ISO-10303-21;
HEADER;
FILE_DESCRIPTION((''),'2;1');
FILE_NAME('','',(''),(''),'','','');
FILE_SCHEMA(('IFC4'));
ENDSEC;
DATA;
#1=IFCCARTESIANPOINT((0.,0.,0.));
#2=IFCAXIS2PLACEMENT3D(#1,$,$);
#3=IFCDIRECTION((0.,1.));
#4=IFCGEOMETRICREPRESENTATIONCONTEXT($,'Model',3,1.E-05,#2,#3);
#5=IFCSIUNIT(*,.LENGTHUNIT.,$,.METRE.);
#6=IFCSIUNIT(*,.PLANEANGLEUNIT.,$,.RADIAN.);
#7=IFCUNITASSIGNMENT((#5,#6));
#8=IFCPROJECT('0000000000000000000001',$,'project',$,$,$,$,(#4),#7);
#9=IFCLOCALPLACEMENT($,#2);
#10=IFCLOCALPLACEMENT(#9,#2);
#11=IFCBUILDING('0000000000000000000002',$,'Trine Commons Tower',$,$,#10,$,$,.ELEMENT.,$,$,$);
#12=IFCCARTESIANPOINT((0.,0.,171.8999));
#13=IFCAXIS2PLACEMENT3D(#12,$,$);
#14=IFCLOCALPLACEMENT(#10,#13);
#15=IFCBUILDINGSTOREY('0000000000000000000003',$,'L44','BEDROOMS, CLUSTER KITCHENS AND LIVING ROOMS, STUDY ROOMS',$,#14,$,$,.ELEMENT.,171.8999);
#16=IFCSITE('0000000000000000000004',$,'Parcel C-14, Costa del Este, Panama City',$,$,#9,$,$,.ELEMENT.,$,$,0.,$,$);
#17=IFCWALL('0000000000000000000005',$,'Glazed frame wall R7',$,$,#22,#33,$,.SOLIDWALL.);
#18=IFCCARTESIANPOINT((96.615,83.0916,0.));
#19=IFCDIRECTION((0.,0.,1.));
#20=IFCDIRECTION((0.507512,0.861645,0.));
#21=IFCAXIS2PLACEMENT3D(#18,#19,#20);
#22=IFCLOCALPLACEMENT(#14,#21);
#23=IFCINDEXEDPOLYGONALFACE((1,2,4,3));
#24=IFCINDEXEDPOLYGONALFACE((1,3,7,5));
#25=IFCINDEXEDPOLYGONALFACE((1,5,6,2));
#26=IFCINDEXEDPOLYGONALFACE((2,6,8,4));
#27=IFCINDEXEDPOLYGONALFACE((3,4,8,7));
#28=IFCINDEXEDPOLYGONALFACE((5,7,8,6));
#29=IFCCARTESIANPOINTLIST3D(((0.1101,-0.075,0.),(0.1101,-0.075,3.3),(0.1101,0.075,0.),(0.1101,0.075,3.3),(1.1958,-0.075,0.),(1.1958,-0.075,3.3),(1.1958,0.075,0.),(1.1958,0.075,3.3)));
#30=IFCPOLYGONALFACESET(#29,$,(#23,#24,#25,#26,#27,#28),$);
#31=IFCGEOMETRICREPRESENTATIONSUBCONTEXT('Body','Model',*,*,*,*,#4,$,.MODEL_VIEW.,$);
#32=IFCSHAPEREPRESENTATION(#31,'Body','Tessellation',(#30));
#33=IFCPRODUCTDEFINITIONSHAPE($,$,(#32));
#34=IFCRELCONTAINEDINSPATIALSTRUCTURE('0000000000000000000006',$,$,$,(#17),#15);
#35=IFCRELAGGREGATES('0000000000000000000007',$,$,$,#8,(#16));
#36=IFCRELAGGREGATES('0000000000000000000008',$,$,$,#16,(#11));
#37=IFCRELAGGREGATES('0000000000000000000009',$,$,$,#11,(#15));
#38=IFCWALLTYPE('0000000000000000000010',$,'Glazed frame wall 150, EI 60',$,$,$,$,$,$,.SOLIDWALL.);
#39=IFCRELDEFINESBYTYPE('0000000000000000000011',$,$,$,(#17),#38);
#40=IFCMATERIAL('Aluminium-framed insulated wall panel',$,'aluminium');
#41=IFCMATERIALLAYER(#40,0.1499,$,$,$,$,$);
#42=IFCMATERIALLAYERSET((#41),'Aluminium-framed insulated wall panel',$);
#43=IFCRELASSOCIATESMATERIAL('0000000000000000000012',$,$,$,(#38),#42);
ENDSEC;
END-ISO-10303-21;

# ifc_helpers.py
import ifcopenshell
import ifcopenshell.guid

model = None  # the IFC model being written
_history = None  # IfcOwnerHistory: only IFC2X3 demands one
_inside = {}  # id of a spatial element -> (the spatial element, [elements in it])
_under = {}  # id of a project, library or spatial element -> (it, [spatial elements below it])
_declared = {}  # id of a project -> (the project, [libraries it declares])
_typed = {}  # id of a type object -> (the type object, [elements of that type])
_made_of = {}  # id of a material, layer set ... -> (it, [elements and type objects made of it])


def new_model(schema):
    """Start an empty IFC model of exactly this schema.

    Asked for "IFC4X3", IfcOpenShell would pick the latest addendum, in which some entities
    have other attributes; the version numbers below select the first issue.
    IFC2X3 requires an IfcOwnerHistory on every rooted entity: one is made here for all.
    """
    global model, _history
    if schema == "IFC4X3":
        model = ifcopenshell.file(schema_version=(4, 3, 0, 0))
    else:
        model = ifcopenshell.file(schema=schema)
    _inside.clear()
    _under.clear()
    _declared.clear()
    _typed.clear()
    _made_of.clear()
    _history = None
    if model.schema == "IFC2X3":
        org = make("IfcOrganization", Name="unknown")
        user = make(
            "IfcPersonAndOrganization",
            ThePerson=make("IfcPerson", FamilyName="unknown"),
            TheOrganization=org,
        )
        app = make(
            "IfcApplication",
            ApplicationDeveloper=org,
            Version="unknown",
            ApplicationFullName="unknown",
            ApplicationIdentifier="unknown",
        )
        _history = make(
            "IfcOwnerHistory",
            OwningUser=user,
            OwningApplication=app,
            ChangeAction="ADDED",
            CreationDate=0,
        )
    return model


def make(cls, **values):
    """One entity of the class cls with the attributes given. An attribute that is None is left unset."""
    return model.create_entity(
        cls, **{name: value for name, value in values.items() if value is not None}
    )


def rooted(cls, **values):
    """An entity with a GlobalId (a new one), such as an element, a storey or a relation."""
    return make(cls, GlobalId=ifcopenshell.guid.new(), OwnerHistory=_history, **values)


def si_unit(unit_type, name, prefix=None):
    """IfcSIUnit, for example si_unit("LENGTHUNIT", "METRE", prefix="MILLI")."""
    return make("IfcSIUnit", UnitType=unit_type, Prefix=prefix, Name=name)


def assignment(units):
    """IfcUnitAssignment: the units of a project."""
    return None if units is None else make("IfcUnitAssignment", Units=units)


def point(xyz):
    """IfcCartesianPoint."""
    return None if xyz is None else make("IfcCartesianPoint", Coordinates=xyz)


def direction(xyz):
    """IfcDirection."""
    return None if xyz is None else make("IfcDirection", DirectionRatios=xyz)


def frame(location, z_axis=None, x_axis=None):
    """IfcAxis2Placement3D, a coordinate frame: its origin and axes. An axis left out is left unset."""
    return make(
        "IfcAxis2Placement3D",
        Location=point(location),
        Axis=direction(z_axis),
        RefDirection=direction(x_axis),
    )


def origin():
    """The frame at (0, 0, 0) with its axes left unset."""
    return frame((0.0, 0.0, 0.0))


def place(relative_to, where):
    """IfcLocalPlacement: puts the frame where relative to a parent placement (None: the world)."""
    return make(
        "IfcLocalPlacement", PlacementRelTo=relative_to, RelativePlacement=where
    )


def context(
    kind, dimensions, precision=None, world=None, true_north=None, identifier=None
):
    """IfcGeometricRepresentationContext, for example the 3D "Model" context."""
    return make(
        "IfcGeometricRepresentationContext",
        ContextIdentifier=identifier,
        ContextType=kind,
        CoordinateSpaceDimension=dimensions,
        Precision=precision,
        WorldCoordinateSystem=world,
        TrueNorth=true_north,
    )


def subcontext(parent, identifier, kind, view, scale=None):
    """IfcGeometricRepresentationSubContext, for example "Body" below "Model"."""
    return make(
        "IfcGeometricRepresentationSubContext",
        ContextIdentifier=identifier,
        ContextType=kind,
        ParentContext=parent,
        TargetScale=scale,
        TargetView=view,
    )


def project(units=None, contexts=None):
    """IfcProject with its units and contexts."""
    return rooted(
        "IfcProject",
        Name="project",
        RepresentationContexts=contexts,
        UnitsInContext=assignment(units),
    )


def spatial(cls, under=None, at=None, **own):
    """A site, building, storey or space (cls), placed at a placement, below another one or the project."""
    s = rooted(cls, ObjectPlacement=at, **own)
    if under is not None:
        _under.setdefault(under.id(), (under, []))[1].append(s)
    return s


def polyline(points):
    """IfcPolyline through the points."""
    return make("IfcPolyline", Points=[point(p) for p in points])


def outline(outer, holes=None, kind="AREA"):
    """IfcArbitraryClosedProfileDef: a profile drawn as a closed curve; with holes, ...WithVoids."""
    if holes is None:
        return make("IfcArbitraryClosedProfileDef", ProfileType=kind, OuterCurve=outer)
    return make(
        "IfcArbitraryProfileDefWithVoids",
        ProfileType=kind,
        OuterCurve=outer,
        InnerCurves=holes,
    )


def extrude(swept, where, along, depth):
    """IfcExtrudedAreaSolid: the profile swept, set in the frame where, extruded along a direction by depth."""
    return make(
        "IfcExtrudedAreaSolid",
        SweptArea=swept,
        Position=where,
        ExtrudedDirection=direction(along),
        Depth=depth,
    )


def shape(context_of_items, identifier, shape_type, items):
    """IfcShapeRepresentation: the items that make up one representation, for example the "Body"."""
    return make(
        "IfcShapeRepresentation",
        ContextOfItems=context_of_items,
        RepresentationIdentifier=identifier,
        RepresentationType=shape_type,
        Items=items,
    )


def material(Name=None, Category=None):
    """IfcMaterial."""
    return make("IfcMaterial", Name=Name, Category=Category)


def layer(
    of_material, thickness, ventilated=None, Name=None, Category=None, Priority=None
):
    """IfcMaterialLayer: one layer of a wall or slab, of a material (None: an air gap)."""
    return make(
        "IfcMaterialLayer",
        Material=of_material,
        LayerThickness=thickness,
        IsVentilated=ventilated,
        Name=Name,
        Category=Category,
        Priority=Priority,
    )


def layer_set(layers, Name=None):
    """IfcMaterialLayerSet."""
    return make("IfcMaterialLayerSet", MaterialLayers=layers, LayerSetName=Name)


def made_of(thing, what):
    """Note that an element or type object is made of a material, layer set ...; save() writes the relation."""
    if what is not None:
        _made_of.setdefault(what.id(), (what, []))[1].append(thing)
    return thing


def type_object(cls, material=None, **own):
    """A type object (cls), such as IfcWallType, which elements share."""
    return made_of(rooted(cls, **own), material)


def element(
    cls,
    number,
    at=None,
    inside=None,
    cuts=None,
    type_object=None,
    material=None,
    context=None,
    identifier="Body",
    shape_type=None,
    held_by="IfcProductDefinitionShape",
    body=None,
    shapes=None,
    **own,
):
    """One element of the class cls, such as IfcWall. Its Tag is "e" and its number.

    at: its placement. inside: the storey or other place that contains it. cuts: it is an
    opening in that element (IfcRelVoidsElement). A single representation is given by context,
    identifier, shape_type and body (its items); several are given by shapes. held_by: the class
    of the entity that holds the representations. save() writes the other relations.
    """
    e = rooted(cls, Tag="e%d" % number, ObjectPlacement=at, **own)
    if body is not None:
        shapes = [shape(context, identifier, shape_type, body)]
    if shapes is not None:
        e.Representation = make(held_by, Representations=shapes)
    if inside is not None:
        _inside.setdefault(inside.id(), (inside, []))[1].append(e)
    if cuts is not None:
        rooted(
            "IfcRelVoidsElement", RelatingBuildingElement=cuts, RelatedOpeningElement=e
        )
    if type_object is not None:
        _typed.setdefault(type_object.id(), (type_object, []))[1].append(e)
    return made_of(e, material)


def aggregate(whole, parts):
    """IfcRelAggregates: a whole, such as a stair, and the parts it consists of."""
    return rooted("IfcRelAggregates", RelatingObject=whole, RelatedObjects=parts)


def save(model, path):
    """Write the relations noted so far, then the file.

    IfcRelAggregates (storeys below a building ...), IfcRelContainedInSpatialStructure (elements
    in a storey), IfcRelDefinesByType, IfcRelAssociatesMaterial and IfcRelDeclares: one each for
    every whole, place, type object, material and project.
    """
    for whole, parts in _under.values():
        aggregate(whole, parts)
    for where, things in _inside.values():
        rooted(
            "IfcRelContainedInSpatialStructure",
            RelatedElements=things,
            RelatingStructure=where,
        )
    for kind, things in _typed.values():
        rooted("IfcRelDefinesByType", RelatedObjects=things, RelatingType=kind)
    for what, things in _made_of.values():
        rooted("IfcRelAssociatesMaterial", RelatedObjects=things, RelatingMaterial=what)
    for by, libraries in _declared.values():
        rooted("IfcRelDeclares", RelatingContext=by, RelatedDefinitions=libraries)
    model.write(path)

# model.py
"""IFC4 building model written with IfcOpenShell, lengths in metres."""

from ifc_helpers import new_model, si_unit, direction, frame, origin, place, context, subcontext, project, spatial, polyline, outline, extrude, material, layer, layer_set, type_object, element, save


model = new_model("IFC4")

# Units and contexts
model_context = context("Model", 3, precision=1e-05, world=origin(), true_north=direction((0.0, 1.0)))
body_context = subcontext(model_context, "Body", "Model", "MODEL_VIEW")
ifc_project = project(units=[si_unit("LENGTHUNIT", "METRE"), si_unit("PLANEANGLEUNIT", "RADIAN")], contexts=[model_context])

# Site, building, storey
site_placement = place(None, origin())
site = spatial("IfcSite", under=ifc_project, at=site_placement, Name="Parcel C-14, Costa del Este, Panama City", CompositionType="ELEMENT", RefElevation=0.0)
building_placement = place(site_placement, origin())
building = spatial("IfcBuilding", under=site, at=building_placement, Name="Trine Commons Tower", CompositionType="ELEMENT")
storey_placement = place(building_placement, frame((0.0, 0.0, 171.8999)))
storey = spatial("IfcBuildingStorey", under=building, at=storey_placement, Name="L44", Description="BEDROOMS, CLUSTER KITCHENS AND LIVING ROOMS, STUDY ROOMS", CompositionType="ELEMENT", Elevation=171.8999)

# Shared definitions
ifc_material_1 = material(Name="Aluminium-framed insulated wall panel", Category="aluminium")
ifc_layer_1 = layer(ifc_material_1, 0.1499)
ifc_layer_set_1 = layer_set([ifc_layer_1], Name="Aluminium-framed insulated wall panel")
wall_type_1 = type_object("IfcWallType", Name="Glazed frame wall 150, EI 60", PredefinedType="SOLIDWALL", material=ifc_layer_set_1)

# Wall
wall_1_placement = place(storey_placement, frame((96.615, 83.0916, 0.0), z_axis=(0.0, 0.0, 1.0), x_axis=(0.507512, 0.861645, 0.0)))
element("IfcWall", 1, at=wall_1_placement, inside=storey, type_object=wall_type_1, Name="Glazed frame wall R7", PredefinedType="SOLIDWALL", context=body_context, shape_type="SweptSolid", body=[
    extrude(outline(polyline([(0.1101, 0.075), (0.1101, -0.075), (1.1958, -0.075), (1.1958, 0.075), (0.1101, 0.075)])), origin(), (0.0, 0.0, 1.0), 3.3),
])

save(model, "model.ifc")
